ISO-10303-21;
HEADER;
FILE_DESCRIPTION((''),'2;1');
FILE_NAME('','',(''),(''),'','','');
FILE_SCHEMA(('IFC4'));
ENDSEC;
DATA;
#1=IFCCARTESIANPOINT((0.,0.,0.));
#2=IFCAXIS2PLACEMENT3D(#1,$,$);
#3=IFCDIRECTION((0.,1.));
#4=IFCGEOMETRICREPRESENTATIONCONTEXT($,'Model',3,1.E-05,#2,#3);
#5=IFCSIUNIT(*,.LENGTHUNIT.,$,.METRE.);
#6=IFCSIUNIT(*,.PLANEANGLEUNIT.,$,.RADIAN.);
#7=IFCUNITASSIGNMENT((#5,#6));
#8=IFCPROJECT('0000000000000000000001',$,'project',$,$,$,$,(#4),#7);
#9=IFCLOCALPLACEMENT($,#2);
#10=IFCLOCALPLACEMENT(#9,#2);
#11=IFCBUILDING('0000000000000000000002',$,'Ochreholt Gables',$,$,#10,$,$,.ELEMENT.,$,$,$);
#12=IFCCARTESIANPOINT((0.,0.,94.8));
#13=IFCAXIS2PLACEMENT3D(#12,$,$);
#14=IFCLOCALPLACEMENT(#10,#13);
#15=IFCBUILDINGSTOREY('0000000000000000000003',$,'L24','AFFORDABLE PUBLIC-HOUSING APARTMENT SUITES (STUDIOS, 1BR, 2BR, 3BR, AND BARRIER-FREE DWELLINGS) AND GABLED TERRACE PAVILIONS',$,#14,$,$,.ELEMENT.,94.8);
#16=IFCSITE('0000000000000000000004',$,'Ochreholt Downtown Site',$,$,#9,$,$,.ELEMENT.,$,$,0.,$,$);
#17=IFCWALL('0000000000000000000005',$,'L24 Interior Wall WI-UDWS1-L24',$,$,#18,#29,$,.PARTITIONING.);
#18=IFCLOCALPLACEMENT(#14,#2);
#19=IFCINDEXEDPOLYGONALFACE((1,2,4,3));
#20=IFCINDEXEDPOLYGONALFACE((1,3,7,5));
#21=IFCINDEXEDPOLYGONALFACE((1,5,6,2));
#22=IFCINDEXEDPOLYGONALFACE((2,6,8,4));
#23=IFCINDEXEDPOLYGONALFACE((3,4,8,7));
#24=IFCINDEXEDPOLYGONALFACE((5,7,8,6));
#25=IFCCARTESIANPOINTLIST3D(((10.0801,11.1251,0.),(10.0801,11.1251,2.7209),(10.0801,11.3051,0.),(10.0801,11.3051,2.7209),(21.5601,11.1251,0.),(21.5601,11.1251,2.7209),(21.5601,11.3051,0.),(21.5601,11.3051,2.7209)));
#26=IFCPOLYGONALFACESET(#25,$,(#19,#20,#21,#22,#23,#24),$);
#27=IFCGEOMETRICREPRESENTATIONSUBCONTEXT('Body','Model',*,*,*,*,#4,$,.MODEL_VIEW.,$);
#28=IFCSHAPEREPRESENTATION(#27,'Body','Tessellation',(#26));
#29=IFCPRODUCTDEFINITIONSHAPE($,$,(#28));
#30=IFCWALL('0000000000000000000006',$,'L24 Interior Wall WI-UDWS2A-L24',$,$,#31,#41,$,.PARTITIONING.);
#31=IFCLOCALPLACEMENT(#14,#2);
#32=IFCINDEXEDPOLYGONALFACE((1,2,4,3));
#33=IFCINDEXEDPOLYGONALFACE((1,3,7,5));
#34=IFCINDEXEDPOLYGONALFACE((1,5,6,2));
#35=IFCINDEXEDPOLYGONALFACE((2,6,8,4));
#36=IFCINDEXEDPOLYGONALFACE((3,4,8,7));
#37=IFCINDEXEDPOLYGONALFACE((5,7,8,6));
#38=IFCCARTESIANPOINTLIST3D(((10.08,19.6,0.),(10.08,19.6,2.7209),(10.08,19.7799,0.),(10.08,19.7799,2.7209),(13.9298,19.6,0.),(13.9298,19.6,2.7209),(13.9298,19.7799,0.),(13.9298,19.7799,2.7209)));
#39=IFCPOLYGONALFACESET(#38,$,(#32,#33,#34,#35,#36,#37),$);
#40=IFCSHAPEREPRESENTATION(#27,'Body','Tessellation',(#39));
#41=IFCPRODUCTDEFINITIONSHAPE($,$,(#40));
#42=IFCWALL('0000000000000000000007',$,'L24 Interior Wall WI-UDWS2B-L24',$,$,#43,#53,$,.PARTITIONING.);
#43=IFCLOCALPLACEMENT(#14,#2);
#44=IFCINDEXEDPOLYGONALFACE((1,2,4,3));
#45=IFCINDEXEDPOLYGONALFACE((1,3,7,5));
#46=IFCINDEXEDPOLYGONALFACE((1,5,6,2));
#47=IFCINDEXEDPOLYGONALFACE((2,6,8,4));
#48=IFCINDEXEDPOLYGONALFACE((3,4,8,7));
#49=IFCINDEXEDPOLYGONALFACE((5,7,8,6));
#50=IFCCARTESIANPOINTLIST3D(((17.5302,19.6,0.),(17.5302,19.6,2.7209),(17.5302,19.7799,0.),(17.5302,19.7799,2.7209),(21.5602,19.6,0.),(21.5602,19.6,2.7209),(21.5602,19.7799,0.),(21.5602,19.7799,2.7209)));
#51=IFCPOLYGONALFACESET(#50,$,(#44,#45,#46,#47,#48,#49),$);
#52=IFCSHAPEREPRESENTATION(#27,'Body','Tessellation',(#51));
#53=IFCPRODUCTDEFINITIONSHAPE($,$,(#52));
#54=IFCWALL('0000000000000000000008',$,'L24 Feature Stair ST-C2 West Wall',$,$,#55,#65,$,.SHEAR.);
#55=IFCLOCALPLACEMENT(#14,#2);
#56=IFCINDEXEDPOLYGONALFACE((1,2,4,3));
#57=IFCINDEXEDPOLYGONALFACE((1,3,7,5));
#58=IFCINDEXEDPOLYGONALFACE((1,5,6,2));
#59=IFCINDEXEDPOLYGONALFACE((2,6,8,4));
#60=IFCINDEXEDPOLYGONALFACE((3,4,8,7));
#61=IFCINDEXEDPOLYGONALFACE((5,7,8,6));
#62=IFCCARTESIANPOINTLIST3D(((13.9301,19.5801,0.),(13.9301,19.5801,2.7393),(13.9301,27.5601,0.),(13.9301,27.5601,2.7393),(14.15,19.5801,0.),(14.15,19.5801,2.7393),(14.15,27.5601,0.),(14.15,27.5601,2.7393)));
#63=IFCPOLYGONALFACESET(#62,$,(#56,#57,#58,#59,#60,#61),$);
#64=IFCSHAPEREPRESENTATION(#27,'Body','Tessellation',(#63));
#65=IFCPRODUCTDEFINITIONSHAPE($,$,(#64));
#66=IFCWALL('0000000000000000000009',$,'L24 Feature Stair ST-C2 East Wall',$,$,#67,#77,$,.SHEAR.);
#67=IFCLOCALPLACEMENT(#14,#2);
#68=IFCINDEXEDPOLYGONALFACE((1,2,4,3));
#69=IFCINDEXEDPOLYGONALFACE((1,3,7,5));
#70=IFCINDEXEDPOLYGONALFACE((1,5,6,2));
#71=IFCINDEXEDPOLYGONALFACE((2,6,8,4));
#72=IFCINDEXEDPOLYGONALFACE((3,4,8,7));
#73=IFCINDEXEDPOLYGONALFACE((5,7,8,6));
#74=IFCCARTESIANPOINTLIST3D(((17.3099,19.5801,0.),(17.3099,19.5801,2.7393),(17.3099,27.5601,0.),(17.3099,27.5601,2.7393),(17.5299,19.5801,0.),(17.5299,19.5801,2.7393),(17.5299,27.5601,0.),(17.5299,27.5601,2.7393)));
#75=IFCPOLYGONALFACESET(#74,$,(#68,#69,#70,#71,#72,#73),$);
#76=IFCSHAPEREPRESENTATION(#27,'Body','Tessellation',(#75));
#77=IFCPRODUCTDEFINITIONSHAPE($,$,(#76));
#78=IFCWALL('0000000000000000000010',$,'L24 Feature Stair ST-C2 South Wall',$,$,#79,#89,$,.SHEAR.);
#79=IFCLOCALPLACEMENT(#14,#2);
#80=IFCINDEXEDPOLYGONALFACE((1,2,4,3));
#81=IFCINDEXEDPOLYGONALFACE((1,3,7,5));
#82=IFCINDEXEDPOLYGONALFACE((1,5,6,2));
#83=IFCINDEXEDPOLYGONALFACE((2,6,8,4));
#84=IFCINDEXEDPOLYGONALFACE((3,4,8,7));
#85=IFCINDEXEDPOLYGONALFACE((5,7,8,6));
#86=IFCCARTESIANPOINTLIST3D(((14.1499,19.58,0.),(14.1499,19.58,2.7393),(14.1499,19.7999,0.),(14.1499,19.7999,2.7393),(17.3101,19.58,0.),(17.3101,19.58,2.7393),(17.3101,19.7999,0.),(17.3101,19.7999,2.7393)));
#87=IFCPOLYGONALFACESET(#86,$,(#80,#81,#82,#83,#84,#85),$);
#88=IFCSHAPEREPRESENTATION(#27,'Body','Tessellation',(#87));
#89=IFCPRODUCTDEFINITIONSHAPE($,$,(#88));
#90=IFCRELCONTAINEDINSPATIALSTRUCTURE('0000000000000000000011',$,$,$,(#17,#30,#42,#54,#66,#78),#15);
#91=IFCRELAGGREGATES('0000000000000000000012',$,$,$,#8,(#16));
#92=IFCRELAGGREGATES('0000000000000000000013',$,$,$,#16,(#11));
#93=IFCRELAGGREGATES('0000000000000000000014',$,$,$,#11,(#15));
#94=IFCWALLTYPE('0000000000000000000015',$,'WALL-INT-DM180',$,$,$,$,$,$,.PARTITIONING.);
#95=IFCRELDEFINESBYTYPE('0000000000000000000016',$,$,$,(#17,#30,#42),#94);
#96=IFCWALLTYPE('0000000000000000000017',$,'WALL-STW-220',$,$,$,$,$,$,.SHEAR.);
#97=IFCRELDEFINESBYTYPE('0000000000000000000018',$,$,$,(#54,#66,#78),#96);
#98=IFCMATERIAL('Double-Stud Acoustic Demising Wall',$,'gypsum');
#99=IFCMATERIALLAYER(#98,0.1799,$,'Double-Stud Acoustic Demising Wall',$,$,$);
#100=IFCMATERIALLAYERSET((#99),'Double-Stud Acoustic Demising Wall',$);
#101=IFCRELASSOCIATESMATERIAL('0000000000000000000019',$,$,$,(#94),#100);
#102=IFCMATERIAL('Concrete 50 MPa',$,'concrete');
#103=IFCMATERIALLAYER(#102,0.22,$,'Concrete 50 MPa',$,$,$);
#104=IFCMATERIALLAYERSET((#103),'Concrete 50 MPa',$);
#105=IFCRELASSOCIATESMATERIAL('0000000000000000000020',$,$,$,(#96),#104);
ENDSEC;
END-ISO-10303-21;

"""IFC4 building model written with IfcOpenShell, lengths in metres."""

from ifc_helpers import new_model, si_unit, direction, frame, frame_2d, origin, place, context, subcontext, project, spatial, rectangle, extrude, material, layer, layer_set, type_object, element, save


model = new_model("IFC4")

# Units and contexts
model_context = context("Model", 3, precision=1e-05, world=origin(), true_north=direction((0.0, 1.0)))
body_context = subcontext(model_context, "Body", "Model", "MODEL_VIEW")
ifc_project = project(units=[si_unit("LENGTHUNIT", "METRE"), si_unit("PLANEANGLEUNIT", "RADIAN")], contexts=[model_context])

# Site, building, storey
site_placement = place(None, origin())
site = spatial("IfcSite", under=ifc_project, at=site_placement, Name="Ochreholt Downtown Site", CompositionType="ELEMENT", RefElevation=0.0)
building_placement = place(site_placement, origin())
building = spatial("IfcBuilding", under=site, at=building_placement, Name="Ochreholt Gables", CompositionType="ELEMENT")
storey_placement = place(building_placement, frame((0.0, 0.0, 94.8)))
storey = spatial("IfcBuildingStorey", under=building, at=storey_placement, Name="L24", Description="AFFORDABLE PUBLIC-HOUSING APARTMENT SUITES (STUDIOS, 1BR, 2BR, 3BR, AND BARRIER-FREE DWELLINGS) AND GABLED TERRACE PAVILIONS", CompositionType="ELEMENT", Elevation=94.8)

# Walls
ifc_material_1 = material(Name="Double-Stud Acoustic Demising Wall", Category="gypsum")
ifc_layer_1 = layer(ifc_material_1, 0.1799, Name="Double-Stud Acoustic Demising Wall")
ifc_layer_set_1 = layer_set([ifc_layer_1], Name="Double-Stud Acoustic Demising Wall")
wall_type_1 = type_object("IfcWallType", Name="WALL-INT-DM180", PredefinedType="PARTITIONING", material=ifc_layer_set_1)
wall_1_placement = place(storey_placement, frame((10.0801, 11.2151, 0.0), z_axis=(0.0, 0.0, 1.0), x_axis=(1.0, 0.0, 0.0)))
element("IfcWall", 1, at=wall_1_placement, inside=storey, type_object=wall_type_1, Name="L24 Interior Wall WI-UDWS1-L24", PredefinedType="PARTITIONING", context=body_context, shape_type="SweptSolid", body=[
    extrude(rectangle(XDim=11.48, YDim=0.1799, at=frame_2d((5.74, 0.0))), origin(), (0.0, 0.0, 1.0), 2.7209),
])
wall_2_placement = place(storey_placement, frame((10.0801, 19.6899, 0.0), z_axis=(0.0, 0.0, 1.0), x_axis=(1.0, 0.0, 0.0)))
element("IfcWall", 2, at=wall_2_placement, inside=storey, type_object=wall_type_1, Name="L24 Interior Wall WI-UDWS2A-L24", PredefinedType="PARTITIONING", context=body_context, shape_type="SweptSolid", body=[
    extrude(rectangle(XDim=3.8499, YDim=0.1799, at=frame_2d((1.9248, 0.0))), origin(), (0.0, 0.0, 1.0), 2.7209),
])
wall_3_placement = place(storey_placement, frame((17.53, 19.6899, 0.0), z_axis=(0.0, 0.0, 1.0), x_axis=(1.0, 0.0, 0.0)))
element("IfcWall", 3, at=wall_3_placement, inside=storey, type_object=wall_type_1, Name="L24 Interior Wall WI-UDWS2B-L24", PredefinedType="PARTITIONING", context=body_context, shape_type="SweptSolid", body=[
    extrude(rectangle(XDim=4.03, YDim=0.1799, at=frame_2d((2.0151, 0.0))), origin(), (0.0, 0.0, 1.0), 2.7209),
])
ifc_material_2 = material(Name="Concrete 50 MPa", Category="concrete")
ifc_layer_2 = layer(ifc_material_2, 0.22, Name="Concrete 50 MPa")
ifc_layer_set_2 = layer_set([ifc_layer_2], Name="Concrete 50 MPa")
wall_type_2 = type_object("IfcWallType", Name="WALL-STW-220", PredefinedType="SHEAR", material=ifc_layer_set_2)
for number, where, z_axis, x_axis, name in (
    (4, (14.04, 19.5801, 0.0), (0.0, 0.0, 1.0), (0.0, 1.0, 0.0), "L24 Feature Stair ST-C2 West Wall"),
    (5, (17.4199, 19.5801, 0.0), (0.0, 0.0, 1.0), (0.0, 1.0, 0.0), "L24 Feature Stair ST-C2 East Wall"),
):
    element("IfcWall", number, at=place(storey_placement, frame(where, z_axis=z_axis, x_axis=x_axis)), inside=storey, type_object=wall_type_2, Name=name, PredefinedType="SHEAR", context=body_context, shape_type="SweptSolid", body=[
        extrude(rectangle(XDim=7.98, YDim=0.22, at=frame_2d((3.99, 0.0))), origin(), (0.0, 0.0, 1.0), 2.7393),
    ])
wall_4_placement = place(storey_placement, frame((14.1499, 19.6899, 0.0), z_axis=(0.0, 0.0, 1.0), x_axis=(1.0, 0.0, 0.0)))
element("IfcWall", 6, at=wall_4_placement, inside=storey, type_object=wall_type_2, Name="L24 Feature Stair ST-C2 South Wall", PredefinedType="SHEAR", context=body_context, shape_type="SweptSolid", body=[
    extrude(rectangle(XDim=3.1602, YDim=0.22, at=frame_2d((1.5801, 0.0))), origin(), (0.0, 0.0, 1.0), 2.7393),
])

save(model, "model.ifc")
